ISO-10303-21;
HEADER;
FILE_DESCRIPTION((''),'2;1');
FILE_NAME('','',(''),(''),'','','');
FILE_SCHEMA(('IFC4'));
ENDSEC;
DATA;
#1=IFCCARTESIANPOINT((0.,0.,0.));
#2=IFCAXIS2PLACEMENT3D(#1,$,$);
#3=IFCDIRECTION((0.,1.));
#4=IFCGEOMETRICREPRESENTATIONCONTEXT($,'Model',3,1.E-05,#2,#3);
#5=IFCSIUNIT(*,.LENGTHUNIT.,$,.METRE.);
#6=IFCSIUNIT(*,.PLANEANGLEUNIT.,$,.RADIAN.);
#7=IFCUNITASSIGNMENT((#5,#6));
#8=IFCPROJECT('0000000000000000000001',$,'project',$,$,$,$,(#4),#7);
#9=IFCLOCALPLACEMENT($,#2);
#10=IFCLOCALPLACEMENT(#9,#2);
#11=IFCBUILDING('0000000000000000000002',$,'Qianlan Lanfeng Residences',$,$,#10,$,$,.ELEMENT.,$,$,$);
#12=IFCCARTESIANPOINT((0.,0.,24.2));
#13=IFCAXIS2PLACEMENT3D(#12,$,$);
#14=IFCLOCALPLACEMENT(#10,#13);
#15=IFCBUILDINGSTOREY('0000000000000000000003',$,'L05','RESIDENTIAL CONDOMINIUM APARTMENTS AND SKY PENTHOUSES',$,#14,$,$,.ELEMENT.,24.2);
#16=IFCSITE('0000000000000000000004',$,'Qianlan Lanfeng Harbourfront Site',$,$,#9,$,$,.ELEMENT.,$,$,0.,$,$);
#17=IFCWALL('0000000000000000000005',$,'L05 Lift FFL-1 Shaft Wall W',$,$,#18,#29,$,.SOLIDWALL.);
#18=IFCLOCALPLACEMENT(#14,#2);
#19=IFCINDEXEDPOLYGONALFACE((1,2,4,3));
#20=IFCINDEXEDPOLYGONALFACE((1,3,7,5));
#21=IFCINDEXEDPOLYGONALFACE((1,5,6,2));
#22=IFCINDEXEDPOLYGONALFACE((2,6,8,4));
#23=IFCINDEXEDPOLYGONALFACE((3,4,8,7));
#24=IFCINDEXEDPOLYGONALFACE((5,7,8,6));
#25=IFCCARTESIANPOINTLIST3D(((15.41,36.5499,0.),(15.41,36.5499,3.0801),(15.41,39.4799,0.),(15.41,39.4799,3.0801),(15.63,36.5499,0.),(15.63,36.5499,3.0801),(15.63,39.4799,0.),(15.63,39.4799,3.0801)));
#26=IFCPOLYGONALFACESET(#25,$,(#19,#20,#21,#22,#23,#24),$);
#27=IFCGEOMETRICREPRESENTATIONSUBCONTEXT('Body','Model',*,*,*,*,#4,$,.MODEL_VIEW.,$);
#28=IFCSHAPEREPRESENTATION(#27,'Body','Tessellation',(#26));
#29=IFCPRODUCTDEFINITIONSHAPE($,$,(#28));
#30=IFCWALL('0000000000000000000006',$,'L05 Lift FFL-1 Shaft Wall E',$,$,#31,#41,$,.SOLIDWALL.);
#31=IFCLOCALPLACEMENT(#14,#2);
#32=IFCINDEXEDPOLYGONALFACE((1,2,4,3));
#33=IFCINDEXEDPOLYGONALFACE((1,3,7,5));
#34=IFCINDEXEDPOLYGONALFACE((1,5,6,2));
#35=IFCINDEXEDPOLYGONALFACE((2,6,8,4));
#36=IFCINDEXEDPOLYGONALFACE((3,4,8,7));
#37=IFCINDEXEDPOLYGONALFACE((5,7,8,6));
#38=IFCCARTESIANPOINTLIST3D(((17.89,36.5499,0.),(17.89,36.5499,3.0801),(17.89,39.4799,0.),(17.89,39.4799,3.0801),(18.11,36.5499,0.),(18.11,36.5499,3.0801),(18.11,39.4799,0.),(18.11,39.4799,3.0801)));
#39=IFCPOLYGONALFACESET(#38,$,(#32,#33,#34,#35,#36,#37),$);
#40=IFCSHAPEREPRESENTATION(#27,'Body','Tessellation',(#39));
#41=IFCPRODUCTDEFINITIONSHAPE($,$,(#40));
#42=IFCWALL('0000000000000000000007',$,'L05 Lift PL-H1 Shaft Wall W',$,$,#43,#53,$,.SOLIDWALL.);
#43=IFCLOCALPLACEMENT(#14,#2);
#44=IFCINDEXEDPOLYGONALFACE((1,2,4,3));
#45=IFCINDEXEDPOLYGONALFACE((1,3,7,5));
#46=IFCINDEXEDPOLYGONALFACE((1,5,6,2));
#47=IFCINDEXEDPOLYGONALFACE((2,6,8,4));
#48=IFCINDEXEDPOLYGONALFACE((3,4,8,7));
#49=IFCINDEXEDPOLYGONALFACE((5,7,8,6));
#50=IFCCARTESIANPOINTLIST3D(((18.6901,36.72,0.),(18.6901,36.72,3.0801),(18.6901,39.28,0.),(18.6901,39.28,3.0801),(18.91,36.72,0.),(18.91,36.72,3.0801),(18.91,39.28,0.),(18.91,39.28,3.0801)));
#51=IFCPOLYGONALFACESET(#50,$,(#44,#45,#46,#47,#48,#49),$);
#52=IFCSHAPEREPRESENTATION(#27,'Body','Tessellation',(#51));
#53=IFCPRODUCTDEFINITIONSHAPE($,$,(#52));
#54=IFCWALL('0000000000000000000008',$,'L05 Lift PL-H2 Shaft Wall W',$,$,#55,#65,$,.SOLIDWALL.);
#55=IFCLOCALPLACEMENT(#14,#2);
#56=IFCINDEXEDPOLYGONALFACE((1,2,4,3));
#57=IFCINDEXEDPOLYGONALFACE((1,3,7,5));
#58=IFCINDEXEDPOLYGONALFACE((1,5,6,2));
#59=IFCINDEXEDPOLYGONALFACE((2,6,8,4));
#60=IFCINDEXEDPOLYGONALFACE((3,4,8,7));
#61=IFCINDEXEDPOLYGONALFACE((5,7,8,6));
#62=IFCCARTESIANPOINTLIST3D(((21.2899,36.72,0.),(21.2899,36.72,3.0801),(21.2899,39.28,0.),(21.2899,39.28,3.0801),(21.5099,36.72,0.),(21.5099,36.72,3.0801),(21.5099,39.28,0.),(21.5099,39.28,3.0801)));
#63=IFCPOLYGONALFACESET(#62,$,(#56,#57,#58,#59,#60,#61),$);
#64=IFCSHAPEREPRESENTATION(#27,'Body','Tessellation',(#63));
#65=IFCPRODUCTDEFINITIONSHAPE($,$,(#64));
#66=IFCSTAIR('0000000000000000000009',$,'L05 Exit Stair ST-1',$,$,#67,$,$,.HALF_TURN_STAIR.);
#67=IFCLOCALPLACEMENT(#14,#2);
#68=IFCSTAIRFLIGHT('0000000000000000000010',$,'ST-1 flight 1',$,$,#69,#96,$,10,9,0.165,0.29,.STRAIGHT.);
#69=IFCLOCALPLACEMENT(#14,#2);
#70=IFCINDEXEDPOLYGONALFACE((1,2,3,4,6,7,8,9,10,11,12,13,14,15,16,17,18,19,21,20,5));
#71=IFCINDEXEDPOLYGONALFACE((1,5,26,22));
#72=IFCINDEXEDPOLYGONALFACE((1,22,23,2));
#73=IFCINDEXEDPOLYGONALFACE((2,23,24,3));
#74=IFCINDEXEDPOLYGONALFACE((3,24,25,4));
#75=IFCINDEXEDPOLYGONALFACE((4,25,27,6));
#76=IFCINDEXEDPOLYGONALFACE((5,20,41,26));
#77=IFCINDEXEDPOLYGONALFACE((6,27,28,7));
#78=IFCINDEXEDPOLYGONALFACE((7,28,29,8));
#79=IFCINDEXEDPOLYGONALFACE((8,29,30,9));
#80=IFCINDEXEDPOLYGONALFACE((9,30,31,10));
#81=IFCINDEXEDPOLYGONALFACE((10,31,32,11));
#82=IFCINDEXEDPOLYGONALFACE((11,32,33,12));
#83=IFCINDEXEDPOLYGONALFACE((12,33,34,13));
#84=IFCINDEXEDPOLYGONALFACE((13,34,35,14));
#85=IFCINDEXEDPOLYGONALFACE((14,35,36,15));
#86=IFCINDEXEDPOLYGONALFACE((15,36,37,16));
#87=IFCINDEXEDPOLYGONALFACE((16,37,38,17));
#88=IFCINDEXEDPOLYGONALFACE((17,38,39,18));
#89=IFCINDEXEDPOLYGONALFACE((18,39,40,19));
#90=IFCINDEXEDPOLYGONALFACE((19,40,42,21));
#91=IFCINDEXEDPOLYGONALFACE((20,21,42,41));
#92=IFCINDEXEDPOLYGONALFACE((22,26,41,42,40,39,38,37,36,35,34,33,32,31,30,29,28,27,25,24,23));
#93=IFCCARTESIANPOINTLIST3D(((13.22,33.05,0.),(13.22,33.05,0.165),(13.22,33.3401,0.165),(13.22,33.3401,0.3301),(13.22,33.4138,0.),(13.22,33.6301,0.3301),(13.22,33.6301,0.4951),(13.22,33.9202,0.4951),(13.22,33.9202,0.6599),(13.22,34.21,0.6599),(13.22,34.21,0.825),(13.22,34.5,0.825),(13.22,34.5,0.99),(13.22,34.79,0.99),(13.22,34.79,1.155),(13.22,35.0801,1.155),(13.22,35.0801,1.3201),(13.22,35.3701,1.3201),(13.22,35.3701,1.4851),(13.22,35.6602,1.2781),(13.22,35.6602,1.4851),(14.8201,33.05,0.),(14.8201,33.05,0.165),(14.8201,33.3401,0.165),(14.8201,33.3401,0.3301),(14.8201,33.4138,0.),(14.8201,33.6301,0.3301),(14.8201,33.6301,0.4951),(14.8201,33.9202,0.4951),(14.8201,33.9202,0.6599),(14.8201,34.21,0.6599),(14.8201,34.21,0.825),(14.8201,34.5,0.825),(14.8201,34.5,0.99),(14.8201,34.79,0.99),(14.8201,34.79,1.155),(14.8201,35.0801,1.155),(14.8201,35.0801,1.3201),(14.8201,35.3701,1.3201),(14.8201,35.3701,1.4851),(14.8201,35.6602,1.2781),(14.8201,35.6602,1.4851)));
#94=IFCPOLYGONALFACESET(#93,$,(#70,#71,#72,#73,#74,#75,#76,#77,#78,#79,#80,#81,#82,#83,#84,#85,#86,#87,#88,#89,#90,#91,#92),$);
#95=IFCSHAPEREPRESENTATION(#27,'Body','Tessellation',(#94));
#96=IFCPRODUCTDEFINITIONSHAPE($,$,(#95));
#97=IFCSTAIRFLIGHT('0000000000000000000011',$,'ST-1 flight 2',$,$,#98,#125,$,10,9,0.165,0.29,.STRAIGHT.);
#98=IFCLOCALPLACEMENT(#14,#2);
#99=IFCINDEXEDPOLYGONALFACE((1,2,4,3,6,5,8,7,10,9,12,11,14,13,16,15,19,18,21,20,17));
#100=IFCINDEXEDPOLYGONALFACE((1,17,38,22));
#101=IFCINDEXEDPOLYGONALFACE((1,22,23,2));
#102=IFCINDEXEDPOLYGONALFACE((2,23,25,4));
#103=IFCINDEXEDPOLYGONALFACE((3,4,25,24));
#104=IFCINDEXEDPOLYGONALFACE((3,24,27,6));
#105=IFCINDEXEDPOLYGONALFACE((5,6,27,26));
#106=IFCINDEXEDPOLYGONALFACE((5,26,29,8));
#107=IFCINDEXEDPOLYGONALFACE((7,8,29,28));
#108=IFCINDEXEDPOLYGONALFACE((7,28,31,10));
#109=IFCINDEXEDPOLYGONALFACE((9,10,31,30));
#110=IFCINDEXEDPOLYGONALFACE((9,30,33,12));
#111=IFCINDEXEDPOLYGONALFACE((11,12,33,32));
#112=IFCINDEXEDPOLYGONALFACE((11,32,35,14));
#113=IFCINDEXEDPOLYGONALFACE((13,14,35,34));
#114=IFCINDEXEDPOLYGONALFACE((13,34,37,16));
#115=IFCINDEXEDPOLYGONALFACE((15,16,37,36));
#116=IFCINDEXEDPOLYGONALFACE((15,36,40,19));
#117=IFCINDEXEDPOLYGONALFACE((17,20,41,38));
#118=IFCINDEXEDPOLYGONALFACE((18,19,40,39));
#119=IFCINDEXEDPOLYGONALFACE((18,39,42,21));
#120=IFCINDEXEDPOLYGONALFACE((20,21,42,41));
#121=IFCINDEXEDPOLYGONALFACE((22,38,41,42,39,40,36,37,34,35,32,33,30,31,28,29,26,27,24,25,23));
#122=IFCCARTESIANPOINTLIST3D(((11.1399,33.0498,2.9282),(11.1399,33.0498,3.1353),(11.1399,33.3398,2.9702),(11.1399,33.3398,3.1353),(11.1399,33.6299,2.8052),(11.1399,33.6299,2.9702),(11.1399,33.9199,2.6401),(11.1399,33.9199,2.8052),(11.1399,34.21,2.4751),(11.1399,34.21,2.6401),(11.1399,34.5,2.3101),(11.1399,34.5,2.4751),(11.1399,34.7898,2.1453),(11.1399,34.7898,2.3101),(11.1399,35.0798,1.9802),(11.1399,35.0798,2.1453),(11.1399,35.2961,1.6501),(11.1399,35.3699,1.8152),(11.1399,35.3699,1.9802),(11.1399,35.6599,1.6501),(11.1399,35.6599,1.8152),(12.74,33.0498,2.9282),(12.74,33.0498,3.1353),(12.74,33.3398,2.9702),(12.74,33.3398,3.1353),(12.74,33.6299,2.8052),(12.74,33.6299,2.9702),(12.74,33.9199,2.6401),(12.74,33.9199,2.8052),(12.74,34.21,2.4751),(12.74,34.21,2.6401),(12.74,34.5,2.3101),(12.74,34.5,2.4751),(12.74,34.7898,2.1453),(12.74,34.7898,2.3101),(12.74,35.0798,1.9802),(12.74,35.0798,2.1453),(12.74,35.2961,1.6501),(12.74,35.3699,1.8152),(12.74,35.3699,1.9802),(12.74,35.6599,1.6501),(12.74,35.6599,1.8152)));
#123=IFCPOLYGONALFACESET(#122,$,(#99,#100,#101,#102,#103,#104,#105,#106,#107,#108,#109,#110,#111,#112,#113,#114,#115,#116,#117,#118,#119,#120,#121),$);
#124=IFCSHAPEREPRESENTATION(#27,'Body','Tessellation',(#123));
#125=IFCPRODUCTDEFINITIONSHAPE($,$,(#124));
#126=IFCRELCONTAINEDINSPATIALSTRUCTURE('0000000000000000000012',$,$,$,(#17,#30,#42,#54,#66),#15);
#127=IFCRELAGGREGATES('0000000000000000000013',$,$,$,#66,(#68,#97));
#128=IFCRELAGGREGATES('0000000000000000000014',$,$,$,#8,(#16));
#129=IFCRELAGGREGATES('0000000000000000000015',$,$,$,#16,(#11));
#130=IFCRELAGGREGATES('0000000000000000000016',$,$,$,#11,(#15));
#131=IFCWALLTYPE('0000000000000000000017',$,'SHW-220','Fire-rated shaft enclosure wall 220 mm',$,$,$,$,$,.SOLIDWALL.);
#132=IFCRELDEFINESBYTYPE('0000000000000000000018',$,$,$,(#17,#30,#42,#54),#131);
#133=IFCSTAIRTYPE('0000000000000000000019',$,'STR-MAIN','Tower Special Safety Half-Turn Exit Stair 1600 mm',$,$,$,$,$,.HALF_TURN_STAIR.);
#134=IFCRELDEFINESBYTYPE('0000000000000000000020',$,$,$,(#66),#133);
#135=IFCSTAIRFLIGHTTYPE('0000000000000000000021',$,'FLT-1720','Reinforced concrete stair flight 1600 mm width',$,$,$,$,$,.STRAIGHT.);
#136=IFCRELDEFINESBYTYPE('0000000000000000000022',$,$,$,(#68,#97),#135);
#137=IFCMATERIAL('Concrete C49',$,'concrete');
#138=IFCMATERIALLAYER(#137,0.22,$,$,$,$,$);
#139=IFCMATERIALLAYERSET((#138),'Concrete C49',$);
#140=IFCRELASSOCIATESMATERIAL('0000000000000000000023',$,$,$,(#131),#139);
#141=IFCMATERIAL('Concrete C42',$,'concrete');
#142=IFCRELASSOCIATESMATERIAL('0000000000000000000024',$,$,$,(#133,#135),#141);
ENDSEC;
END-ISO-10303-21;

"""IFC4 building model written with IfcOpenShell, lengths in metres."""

from ifc_helpers import new_model, si_unit, direction, frame, frame_2d, origin, place, context, subcontext, project, spatial, polyline, rectangle, outline, extrude, material, layer, layer_set, type_object, element, aggregate, save


model = new_model("IFC4")

# Units and contexts
model_context = context("Model", 3, precision=1e-05, world=origin(), true_north=direction((0.0, 1.0)))
body_context = subcontext(model_context, "Body", "Model", "MODEL_VIEW")
ifc_project = project(units=[si_unit("LENGTHUNIT", "METRE"), si_unit("PLANEANGLEUNIT", "RADIAN")], contexts=[model_context])

# Site, building, storey
site_placement = place(None, origin())
site = spatial("IfcSite", under=ifc_project, at=site_placement, Name="Qianlan Lanfeng Harbourfront Site", CompositionType="ELEMENT", RefElevation=0.0)
building_placement = place(site_placement, origin())
building = spatial("IfcBuilding", under=site, at=building_placement, Name="Qianlan Lanfeng Residences", CompositionType="ELEMENT")
storey_placement = place(building_placement, frame((0.0, 0.0, 24.2)))
storey = spatial("IfcBuildingStorey", under=building, at=storey_placement, Name="L05", Description="RESIDENTIAL CONDOMINIUM APARTMENTS AND SKY PENTHOUSES", CompositionType="ELEMENT", Elevation=24.2)

# Walls
ifc_material_1 = material(Name="Concrete C49", Category="concrete")
ifc_layer_1 = layer(ifc_material_1, 0.22)
ifc_layer_set_1 = layer_set([ifc_layer_1], Name="Concrete C49")
wall_type_1 = type_object("IfcWallType", Name="SHW-220", Description="Fire-rated shaft enclosure wall 220 mm", PredefinedType="SOLIDWALL", material=ifc_layer_set_1)
for number, where, z_axis, x_axis, name in (
    (1, (15.52, 36.55, 0.0), (0.0, 0.0, 1.0), (0.0, 1.0, 0.0), "L05 Lift FFL-1 Shaft Wall W"),
    (2, (18.0, 36.55, 0.0), (0.0, 0.0, 1.0), (0.0, 1.0, 0.0), "L05 Lift FFL-1 Shaft Wall E"),
):
    element("IfcWall", number, at=place(storey_placement, frame(where, z_axis=z_axis, x_axis=x_axis)), inside=storey, type_object=wall_type_1, Name=name, PredefinedType="SOLIDWALL", context=body_context, shape_type="SweptSolid", body=[
        extrude(rectangle(XDim=2.9299, YDim=0.22, at=frame_2d((1.4648, 0.0))), origin(), (0.0, 0.0, 1.0), 3.0801),
    ])
for number, where, z_axis, x_axis, name in (
    (3, (18.8, 36.72, 0.0), (0.0, 0.0, 1.0), (0.0, 1.0, 0.0), "L05 Lift PL-H1 Shaft Wall W"),
    (4, (21.3999, 36.72, 0.0), (0.0, 0.0, 1.0), (0.0, 1.0, 0.0), "L05 Lift PL-H2 Shaft Wall W"),
):
    element("IfcWall", number, at=place(storey_placement, frame(where, z_axis=z_axis, x_axis=x_axis)), inside=storey, type_object=wall_type_1, Name=name, PredefinedType="SOLIDWALL", context=body_context, shape_type="SweptSolid", body=[
        extrude(rectangle(XDim=2.5601, YDim=0.22, at=frame_2d((1.28, 0.0))), origin(), (0.0, 0.0, 1.0), 3.0801),
    ])

# Stair, stair flights
ifc_material_2 = material(Name="Concrete C42", Category="concrete")
stair_type = type_object("IfcStairType", Name="STR-MAIN", Description="Tower Special Safety Half-Turn Exit Stair 1600 mm", PredefinedType="HALF_TURN_STAIR", material=ifc_material_2)
stair_placement = place(storey_placement, origin())
stair = element("IfcStair", 5, at=stair_placement, inside=storey, type_object=stair_type, Name="L05 Exit Stair ST-1", PredefinedType="HALF_TURN_STAIR")
stair_flight_type = type_object("IfcStairFlightType", Name="FLT-1720", Description="Reinforced concrete stair flight 1600 mm width", PredefinedType="STRAIGHT", material=ifc_material_2)
stair_flight_1_placement = place(storey_placement, frame((14.02, 33.05, 0.0), z_axis=(0.0, 0.0, 1.0), x_axis=(0.0, 1.0, 0.0)))
stair_flight_1 = element("IfcStairFlight", 6, at=stair_flight_1_placement, type_object=stair_flight_type, Name="ST-1 flight 1", NumberOfRisers=10, NumberOfTreads=9, PredefinedType="STRAIGHT", RiserHeight=0.165, TreadLength=0.29, context=body_context, shape_type="SweptSolid", body=[
    extrude(outline(polyline([(0.0, 0.0), (0.0, 0.165), (0.29, 0.165), (0.29, 0.3301), (0.5801, 0.3301), (0.5801, 0.4951), (0.8701, 0.4951), (0.8701, 0.6599), (1.1599, 0.6599), (1.1599, 0.825), (1.45, 0.825), (1.45, 0.99), (1.74, 0.99), (1.74, 1.155), (2.03, 1.155), (2.03, 1.3201), (2.3201, 1.3201), (2.3201, 1.4851), (2.6101, 1.4851), (2.6101, 1.6499), (2.6101, 1.2781), (0.3638, 0.0), (0.0, 0.0)])), frame((0.0, 0.8, 0.0), z_axis=(0.0, -1.0, 0.0), x_axis=(1.0, 0.0, 0.0)), (0.0, 0.0, 1.0), 1.6001),
])
stair_flight_2_placement = place(storey_placement, frame((11.9399, 35.6599, 1.6501), z_axis=(0.0, 0.0, 1.0), x_axis=(0.0, -1.0, 0.0)))
stair_flight_2 = element("IfcStairFlight", 7, at=stair_flight_2_placement, type_object=stair_flight_type, Name="ST-1 flight 2", NumberOfRisers=10, NumberOfTreads=9, PredefinedType="STRAIGHT", RiserHeight=0.165, TreadLength=0.29, context=body_context, shape_type="SweptSolid", body=[
    extrude(outline(polyline([(0.0, 0.0), (0.0, 0.165), (0.29, 0.165), (0.29, 0.3301), (0.5801, 0.3301), (0.5801, 0.4951), (0.8701, 0.4951), (0.8701, 0.6599), (1.1599, 0.6599), (1.1599, 0.825), (1.45, 0.825), (1.45, 0.99), (1.74, 0.99), (1.74, 1.155), (2.03, 1.155), (2.03, 1.3201), (2.3201, 1.3201), (2.3201, 1.4851), (2.6101, 1.4851), (2.6101, 1.6499), (2.6101, 1.2781), (0.3638, 0.0), (0.0, 0.0)])), frame((0.0, 0.8, 0.0), z_axis=(0.0, -1.0, 0.0), x_axis=(1.0, 0.0, 0.0)), (0.0, 0.0, 1.0), 1.6001),
])
aggregate(stair, [stair_flight_1, stair_flight_2])

save(model, "model.ifc")
